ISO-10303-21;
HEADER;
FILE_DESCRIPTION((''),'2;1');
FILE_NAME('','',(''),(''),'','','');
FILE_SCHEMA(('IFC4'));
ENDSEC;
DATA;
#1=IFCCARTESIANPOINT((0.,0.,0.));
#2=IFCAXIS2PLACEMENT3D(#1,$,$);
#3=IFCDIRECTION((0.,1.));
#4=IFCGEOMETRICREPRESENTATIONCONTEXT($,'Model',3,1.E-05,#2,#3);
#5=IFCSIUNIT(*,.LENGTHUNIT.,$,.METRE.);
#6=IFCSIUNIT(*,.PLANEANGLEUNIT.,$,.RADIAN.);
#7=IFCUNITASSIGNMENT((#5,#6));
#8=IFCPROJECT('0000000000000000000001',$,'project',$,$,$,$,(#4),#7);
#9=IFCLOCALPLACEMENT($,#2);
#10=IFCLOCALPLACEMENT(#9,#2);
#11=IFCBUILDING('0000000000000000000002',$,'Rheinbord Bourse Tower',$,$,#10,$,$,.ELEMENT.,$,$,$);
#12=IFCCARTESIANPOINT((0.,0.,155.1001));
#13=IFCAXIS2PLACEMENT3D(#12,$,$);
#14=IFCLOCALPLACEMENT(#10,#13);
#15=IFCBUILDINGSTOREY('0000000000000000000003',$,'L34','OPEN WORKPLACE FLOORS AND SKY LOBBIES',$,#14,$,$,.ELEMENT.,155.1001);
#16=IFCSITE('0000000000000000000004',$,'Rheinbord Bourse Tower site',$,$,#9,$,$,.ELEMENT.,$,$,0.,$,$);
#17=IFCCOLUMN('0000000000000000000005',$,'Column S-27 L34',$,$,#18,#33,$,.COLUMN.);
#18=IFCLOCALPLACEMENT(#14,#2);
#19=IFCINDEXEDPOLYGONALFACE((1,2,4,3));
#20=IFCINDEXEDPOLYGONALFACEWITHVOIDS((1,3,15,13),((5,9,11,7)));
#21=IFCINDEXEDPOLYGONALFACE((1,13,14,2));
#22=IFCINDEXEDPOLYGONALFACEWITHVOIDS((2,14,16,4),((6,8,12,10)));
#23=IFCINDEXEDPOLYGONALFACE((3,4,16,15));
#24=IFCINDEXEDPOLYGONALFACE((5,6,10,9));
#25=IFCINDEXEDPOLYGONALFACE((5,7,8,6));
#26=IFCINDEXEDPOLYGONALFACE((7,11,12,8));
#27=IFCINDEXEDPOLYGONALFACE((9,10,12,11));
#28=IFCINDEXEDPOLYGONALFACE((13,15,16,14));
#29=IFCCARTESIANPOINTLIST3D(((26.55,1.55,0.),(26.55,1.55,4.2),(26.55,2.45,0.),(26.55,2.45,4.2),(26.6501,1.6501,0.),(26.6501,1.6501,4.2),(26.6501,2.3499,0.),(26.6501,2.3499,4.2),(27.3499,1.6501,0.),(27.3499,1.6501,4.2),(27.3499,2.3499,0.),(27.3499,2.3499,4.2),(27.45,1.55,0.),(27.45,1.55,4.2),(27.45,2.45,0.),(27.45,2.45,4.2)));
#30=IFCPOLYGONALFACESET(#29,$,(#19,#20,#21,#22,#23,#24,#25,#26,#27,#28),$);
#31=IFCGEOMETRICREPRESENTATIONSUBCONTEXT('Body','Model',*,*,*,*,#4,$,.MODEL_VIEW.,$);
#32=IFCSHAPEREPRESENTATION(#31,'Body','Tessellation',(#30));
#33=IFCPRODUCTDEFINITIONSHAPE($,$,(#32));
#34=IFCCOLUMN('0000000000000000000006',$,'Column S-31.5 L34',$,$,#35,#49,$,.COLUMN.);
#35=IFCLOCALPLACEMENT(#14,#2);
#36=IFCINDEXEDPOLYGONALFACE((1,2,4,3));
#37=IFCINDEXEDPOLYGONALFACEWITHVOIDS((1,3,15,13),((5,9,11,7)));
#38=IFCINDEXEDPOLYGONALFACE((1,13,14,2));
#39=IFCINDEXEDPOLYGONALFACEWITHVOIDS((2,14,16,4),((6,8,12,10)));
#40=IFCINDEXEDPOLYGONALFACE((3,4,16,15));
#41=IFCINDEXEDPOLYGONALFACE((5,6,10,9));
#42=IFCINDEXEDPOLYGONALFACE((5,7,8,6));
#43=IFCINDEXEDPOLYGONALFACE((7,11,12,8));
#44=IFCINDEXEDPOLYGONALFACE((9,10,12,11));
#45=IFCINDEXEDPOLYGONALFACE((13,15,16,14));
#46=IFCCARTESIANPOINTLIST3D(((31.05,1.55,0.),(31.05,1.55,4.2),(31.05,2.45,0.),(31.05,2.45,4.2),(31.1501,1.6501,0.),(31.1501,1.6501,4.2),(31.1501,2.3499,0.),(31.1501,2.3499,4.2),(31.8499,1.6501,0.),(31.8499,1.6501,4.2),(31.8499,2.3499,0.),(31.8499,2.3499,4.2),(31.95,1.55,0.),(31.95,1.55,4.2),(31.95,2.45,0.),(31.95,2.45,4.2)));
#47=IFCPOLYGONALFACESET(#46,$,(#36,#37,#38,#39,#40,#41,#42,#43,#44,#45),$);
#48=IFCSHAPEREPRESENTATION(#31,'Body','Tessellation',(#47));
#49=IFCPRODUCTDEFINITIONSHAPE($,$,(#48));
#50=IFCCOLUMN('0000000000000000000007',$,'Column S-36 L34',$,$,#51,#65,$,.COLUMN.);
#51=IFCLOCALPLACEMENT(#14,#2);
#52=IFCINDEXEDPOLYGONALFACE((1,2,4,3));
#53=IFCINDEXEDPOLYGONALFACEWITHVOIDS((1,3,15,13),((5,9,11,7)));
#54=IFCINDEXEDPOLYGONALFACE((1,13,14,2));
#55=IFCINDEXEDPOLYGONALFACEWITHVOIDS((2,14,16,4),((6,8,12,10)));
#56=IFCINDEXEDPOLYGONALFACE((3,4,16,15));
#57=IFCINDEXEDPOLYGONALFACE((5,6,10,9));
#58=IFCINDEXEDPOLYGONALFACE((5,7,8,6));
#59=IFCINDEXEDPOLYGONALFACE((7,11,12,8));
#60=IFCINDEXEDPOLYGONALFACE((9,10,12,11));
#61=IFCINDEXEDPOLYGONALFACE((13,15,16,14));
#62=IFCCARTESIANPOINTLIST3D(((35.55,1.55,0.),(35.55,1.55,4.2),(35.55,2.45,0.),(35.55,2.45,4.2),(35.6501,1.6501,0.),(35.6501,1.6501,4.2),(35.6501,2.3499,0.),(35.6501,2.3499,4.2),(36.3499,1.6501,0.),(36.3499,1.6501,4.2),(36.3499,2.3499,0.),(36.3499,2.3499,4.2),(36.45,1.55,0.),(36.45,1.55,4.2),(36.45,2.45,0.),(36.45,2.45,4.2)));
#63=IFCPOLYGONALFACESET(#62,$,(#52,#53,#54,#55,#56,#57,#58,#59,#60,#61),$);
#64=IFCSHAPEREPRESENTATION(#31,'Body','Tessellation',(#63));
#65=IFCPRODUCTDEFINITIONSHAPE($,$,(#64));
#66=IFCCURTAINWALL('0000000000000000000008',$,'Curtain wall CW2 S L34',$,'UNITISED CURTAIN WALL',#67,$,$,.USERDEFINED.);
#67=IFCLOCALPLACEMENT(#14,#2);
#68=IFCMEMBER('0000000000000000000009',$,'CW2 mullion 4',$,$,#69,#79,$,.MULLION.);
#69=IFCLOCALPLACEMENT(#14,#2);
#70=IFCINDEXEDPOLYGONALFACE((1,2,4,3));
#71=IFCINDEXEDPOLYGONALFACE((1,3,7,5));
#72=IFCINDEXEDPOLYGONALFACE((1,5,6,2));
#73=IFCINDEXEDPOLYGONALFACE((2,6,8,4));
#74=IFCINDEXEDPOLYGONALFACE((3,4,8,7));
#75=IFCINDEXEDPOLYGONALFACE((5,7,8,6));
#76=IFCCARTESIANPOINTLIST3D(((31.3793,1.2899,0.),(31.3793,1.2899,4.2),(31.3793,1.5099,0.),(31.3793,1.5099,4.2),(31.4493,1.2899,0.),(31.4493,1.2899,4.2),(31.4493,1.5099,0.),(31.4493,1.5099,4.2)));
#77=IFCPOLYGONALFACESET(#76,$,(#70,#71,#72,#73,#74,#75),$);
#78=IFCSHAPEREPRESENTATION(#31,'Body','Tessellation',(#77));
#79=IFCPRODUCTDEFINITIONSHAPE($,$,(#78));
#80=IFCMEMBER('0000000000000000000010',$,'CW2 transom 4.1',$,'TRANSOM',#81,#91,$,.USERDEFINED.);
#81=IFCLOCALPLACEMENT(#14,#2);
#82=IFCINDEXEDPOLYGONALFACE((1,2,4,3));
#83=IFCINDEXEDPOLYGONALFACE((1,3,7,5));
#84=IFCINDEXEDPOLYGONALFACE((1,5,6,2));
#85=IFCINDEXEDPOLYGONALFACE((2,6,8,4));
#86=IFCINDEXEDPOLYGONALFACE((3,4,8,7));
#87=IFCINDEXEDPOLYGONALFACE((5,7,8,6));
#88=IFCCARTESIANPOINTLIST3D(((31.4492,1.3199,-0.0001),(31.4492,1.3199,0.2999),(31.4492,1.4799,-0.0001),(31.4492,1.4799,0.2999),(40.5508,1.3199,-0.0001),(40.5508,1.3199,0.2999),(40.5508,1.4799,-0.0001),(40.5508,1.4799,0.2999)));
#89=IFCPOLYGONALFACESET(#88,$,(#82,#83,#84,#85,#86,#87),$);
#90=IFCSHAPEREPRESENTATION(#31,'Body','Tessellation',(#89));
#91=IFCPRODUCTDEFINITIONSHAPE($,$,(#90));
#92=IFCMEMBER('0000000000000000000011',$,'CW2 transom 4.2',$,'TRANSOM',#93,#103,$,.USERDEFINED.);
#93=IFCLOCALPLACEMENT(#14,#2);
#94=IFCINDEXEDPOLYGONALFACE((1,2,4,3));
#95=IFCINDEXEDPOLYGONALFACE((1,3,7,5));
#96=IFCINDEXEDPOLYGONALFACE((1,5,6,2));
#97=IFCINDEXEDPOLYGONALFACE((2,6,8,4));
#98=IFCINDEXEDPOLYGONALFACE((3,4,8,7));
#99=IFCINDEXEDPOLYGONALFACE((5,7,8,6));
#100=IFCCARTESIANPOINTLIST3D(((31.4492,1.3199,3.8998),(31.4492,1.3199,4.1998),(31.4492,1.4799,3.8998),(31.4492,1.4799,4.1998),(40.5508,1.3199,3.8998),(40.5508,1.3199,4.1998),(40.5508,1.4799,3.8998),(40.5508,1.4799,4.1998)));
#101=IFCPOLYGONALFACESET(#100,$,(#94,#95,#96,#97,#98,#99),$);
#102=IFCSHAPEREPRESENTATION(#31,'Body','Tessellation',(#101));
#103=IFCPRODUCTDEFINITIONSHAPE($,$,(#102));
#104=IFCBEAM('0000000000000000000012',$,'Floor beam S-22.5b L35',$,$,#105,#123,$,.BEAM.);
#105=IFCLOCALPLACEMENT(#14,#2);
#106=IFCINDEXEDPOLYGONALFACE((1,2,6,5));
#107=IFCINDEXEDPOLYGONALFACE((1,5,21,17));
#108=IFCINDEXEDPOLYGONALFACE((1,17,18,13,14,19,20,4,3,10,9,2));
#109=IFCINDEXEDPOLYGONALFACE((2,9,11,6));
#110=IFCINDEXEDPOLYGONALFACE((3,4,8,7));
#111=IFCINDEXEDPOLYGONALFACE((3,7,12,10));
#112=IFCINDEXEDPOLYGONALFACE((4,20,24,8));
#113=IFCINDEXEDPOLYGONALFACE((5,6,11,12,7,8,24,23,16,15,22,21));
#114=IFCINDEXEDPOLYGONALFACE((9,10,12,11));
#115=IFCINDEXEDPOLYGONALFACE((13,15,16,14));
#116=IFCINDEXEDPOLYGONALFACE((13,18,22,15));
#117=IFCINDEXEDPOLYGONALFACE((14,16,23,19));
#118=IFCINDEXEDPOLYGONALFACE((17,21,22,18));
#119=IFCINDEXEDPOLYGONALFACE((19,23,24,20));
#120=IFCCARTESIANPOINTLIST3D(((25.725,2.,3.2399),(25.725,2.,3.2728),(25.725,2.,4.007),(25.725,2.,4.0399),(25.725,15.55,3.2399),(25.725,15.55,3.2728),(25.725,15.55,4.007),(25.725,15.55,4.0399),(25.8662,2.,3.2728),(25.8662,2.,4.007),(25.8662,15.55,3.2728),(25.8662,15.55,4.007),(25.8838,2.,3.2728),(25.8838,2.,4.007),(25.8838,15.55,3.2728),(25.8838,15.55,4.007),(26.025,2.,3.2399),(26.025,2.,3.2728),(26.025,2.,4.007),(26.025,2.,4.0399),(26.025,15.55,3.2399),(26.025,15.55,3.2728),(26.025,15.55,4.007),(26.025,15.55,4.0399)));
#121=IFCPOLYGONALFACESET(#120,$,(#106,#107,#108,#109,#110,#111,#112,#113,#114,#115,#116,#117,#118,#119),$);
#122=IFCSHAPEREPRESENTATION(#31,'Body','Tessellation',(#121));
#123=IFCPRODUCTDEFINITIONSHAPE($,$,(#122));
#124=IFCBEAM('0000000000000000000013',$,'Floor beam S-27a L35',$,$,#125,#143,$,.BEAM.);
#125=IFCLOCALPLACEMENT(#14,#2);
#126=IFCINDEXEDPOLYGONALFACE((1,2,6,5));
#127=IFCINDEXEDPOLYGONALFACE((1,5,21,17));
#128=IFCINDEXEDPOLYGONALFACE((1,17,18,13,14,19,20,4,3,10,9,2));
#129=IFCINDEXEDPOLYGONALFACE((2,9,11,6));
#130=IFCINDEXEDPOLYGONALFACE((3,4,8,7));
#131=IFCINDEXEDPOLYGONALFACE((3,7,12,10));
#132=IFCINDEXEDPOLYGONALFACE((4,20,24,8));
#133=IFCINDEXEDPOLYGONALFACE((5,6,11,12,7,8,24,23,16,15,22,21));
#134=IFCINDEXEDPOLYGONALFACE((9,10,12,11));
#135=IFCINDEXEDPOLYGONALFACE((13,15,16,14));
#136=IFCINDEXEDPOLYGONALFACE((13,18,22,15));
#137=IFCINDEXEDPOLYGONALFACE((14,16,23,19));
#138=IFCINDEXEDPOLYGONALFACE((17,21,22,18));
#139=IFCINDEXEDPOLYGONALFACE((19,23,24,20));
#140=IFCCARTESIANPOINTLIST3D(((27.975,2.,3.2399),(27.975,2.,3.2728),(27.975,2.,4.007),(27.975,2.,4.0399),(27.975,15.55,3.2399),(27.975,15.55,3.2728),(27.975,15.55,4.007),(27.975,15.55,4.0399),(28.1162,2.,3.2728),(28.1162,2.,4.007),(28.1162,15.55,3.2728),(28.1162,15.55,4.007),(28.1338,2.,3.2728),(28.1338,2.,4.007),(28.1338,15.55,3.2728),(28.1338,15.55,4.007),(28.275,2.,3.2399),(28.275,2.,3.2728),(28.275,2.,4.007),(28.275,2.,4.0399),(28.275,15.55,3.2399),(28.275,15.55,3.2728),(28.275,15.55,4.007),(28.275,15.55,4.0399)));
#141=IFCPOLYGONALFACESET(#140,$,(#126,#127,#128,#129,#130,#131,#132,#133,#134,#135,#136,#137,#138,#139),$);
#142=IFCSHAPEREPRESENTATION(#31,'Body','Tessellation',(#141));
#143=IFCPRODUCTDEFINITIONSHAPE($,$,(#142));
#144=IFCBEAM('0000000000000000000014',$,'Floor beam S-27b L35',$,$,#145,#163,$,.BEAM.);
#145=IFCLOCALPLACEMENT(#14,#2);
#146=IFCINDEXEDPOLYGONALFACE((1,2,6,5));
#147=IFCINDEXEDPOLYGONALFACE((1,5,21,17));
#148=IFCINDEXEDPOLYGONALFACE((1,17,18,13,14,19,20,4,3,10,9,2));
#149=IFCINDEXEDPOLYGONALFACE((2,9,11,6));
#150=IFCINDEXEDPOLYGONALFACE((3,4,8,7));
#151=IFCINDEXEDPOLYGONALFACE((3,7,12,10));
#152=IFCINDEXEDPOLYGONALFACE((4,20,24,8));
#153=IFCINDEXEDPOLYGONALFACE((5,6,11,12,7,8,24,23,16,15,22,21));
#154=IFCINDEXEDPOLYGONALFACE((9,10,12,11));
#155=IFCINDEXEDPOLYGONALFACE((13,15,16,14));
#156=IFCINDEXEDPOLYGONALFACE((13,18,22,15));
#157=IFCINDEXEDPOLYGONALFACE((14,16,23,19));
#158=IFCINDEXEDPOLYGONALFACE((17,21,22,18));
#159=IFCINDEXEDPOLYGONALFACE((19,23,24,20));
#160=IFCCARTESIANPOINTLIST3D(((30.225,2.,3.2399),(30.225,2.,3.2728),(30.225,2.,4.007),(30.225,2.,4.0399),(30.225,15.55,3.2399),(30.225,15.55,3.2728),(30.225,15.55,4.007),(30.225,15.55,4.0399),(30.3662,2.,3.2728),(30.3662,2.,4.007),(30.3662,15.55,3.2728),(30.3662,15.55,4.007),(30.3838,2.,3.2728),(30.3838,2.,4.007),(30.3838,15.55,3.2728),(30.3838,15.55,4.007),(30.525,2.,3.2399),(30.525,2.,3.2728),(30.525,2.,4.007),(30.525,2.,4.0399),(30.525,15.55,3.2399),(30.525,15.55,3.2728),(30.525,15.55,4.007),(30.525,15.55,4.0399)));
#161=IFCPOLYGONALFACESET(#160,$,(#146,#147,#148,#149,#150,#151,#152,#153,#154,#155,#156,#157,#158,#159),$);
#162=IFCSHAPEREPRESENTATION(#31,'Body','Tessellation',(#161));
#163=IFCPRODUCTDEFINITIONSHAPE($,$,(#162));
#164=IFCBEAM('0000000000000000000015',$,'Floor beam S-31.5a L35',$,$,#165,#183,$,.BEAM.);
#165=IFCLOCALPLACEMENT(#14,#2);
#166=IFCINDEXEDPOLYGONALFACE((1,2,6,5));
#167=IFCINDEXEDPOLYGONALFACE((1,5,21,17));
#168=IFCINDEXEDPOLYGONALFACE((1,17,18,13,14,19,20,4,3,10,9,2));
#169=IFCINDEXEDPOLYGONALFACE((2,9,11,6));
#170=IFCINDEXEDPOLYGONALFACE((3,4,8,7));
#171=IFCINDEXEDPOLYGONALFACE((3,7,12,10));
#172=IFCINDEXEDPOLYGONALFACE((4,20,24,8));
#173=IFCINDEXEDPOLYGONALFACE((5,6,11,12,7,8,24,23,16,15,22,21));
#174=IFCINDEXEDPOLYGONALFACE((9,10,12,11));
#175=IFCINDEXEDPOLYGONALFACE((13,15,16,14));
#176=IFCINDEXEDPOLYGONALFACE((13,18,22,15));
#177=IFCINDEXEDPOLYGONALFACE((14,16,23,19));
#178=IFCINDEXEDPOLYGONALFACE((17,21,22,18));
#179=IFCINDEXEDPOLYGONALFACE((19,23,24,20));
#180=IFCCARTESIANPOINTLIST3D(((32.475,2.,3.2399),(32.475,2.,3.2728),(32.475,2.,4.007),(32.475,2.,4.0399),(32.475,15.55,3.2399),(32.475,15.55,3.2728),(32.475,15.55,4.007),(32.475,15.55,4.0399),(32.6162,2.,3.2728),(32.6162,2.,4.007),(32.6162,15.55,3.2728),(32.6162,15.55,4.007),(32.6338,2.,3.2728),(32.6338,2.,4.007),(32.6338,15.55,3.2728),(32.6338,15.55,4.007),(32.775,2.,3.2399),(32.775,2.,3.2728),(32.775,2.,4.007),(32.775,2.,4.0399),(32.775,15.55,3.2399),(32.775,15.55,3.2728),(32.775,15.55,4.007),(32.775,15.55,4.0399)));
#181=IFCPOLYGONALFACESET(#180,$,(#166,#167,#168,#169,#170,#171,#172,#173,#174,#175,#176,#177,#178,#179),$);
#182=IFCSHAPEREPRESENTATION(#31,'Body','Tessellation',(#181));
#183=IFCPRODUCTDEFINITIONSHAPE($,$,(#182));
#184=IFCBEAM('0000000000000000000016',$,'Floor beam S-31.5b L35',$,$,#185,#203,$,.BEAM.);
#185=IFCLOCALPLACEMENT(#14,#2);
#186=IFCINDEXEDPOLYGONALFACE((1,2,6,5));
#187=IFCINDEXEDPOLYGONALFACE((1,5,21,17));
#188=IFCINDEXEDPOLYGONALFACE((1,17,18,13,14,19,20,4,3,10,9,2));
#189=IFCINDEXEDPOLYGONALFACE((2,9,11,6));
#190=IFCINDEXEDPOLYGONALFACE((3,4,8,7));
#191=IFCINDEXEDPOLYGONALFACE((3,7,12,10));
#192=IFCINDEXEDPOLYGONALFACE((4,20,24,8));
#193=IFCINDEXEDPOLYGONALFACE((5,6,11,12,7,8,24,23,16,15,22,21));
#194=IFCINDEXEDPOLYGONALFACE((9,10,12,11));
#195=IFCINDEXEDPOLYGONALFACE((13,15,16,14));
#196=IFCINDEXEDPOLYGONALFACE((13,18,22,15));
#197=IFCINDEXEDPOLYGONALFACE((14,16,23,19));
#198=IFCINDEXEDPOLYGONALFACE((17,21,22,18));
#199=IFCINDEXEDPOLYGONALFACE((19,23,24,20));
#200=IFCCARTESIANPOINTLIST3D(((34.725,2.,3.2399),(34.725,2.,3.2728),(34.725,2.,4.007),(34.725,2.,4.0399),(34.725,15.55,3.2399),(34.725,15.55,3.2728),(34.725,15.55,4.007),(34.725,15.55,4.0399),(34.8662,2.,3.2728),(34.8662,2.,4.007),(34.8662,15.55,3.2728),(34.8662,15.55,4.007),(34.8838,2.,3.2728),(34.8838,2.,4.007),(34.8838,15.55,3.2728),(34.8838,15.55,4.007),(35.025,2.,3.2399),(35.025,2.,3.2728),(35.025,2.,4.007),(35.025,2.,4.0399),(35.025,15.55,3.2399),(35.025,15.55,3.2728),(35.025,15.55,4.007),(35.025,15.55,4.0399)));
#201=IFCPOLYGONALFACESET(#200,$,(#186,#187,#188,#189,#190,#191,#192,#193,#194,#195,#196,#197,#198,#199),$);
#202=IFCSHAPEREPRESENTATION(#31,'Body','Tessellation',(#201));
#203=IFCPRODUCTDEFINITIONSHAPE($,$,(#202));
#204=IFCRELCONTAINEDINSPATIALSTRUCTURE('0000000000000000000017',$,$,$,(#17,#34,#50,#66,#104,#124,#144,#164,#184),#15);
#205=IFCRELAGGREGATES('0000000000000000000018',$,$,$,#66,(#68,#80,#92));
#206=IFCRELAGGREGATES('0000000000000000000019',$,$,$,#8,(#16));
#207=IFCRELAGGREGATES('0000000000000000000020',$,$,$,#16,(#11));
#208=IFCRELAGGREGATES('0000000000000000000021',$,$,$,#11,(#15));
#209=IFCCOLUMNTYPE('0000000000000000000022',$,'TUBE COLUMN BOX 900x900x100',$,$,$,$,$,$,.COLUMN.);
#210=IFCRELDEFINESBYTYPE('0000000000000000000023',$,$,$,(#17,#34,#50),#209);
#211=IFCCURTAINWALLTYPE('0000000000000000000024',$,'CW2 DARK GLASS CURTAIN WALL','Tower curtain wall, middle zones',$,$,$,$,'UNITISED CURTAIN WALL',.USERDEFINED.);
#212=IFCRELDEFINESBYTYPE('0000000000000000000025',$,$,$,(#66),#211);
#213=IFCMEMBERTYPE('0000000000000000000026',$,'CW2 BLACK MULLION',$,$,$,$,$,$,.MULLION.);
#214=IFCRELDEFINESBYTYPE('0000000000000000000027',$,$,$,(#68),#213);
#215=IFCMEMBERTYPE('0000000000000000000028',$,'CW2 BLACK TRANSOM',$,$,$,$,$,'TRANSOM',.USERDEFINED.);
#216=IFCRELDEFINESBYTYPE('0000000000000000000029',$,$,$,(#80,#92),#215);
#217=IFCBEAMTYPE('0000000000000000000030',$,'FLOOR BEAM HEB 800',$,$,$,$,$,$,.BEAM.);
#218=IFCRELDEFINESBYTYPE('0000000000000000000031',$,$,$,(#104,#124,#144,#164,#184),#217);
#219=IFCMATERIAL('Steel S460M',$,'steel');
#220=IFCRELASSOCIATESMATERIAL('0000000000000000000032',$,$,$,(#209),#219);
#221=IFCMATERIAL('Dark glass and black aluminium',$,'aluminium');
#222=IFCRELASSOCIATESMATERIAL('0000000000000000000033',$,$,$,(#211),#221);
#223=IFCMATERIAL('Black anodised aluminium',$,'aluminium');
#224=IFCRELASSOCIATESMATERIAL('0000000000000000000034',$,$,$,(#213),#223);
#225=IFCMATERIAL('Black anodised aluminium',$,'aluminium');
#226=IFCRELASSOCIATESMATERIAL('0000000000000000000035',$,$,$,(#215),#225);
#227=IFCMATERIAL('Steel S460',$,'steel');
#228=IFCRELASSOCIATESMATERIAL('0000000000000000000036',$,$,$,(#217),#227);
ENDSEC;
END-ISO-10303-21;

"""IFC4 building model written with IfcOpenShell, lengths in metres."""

from ifc_helpers import new_model, si_unit, direction, frame, origin, origin_2d, place, context, subcontext, project, spatial, rectangle, hollow_rectangle, i_section, extrude, material, material_profile, profile_set, type_object, element, aggregate, save


model = new_model("IFC4")

# Units and contexts
model_context = context("Model", 3, precision=1e-05, world=origin(), true_north=direction((0.0, 1.0)))
body_context = subcontext(model_context, "Body", "Model", "MODEL_VIEW")
ifc_project = project(units=[si_unit("LENGTHUNIT", "METRE"), si_unit("PLANEANGLEUNIT", "RADIAN")], contexts=[model_context])

# Site, building, storey
site_placement = place(None, origin())
site = spatial("IfcSite", under=ifc_project, at=site_placement, Name="Rheinbord Bourse Tower site", CompositionType="ELEMENT", RefElevation=0.0)
building_placement = place(site_placement, origin())
building = spatial("IfcBuilding", under=site, at=building_placement, Name="Rheinbord Bourse Tower", CompositionType="ELEMENT")
storey_placement = place(building_placement, frame((0.0, 0.0, 155.1001)))
storey = spatial("IfcBuildingStorey", under=building, at=storey_placement, Name="L34", Description="OPEN WORKPLACE FLOORS AND SKY LOBBIES", CompositionType="ELEMENT", Elevation=155.1001)

# Columns
ifc_material_1 = material(Name="Steel S460M", Category="steel")
ifc_material_profile_1 = material_profile(ifc_material_1, hollow_rectangle(XDim=0.8999, YDim=0.8999, WallThickness=0.1001, at=origin_2d()), Name="BOX 900x900x100")
ifc_profile_set_1 = profile_set([ifc_material_profile_1], Name="Steel S460M")
column_type = type_object("IfcColumnType", Name="TUBE COLUMN BOX 900x900x100", PredefinedType="COLUMN", material=ifc_profile_set_1)
for number, where, z_axis, x_axis, name in (
    (1, (27.0, 2.0, 0.0), (0.0, 0.0, 1.0), (0.0, 1.0, 0.0), "Column S-27 L34"),
    (2, (31.5, 2.0, 0.0), (0.0, 0.0, 1.0), (0.0, 1.0, 0.0), "Column S-31.5 L34"),
    (3, (36.0, 2.0, 0.0), (0.0, 0.0, 1.0), (0.0, 1.0, 0.0), "Column S-36 L34"),
):
    element("IfcColumn", number, at=place(storey_placement, frame(where, z_axis=z_axis, x_axis=x_axis)), inside=storey, type_object=column_type, Name=name, PredefinedType="COLUMN", context=body_context, shape_type="SweptSolid", body=[
        extrude(hollow_rectangle(XDim=0.8999, YDim=0.8999, WallThickness=0.1001, at=origin_2d()), origin(), (0.0, 0.0, 1.0), 4.2),
    ])

# Curtain wall, members
ifc_material_2 = material(Name="Dark glass and black aluminium", Category="aluminium")
curtain_wall_type = type_object("IfcCurtainWallType", Name="CW2 DARK GLASS CURTAIN WALL", Description="Tower curtain wall, middle zones", ElementType="UNITISED CURTAIN WALL", PredefinedType="USERDEFINED", material=ifc_material_2)
curtain_wall_placement = place(storey_placement, origin())
curtain_wall = element("IfcCurtainWall", 4, at=curtain_wall_placement, inside=storey, type_object=curtain_wall_type, Name="Curtain wall CW2 S L34", ObjectType="UNITISED CURTAIN WALL", PredefinedType="USERDEFINED")
ifc_material_3 = material(Name="Black anodised aluminium", Category="aluminium")
ifc_material_profile_2 = material_profile(ifc_material_3, rectangle(XDim=0.22, YDim=0.0701, at=origin_2d()), Name="CW2 MULLION 70x220")
ifc_profile_set_2 = profile_set([ifc_material_profile_2], Name="Black anodised aluminium")
member_type_1 = type_object("IfcMemberType", Name="CW2 BLACK MULLION", PredefinedType="MULLION", material=ifc_profile_set_2)
member_1_placement = place(storey_placement, frame((31.4143, 1.3999, 0.0), z_axis=(0.0, 0.0, 1.0), x_axis=(0.0, 1.0, 0.0)))
member_1 = element("IfcMember", 5, at=member_1_placement, type_object=member_type_1, Name="CW2 mullion 4", PredefinedType="MULLION", context=body_context, shape_type="SweptSolid", body=[
    extrude(rectangle(XDim=0.22, YDim=0.0701, at=origin_2d()), origin(), (0.0, 0.0, 1.0), 4.2),
])
ifc_material_4 = material(Name="Black anodised aluminium", Category="aluminium")
ifc_material_profile_3 = material_profile(ifc_material_4, rectangle(XDim=0.1599, YDim=0.3, at=origin_2d()), Name="CW2 TRANSOM 300x160")
ifc_profile_set_3 = profile_set([ifc_material_profile_3], Name="Black anodised aluminium")
member_type_2 = type_object("IfcMemberType", Name="CW2 BLACK TRANSOM", ElementType="TRANSOM", PredefinedType="USERDEFINED", material=ifc_profile_set_3)
member_2_placement = place(storey_placement, frame((31.4492, 1.3999, 0.1499), z_axis=(1.0, 0.0, 0.0), x_axis=(0.0, 1.0, 0.0)))
member_2 = element("IfcMember", 6, at=member_2_placement, type_object=member_type_2, Name="CW2 transom 4.1", ObjectType="TRANSOM", PredefinedType="USERDEFINED", context=body_context, shape_type="SweptSolid", body=[
    extrude(rectangle(XDim=0.1599, YDim=0.3, at=origin_2d()), origin(), (0.0, 0.0, 1.0), 9.1016),
])
member_3_placement = place(storey_placement, frame((31.4492, 1.3999, 4.0498), z_axis=(1.0, 0.0, 0.0), x_axis=(0.0, 1.0, 0.0)))
member_3 = element("IfcMember", 7, at=member_3_placement, type_object=member_type_2, Name="CW2 transom 4.2", ObjectType="TRANSOM", PredefinedType="USERDEFINED", context=body_context, shape_type="SweptSolid", body=[
    extrude(rectangle(XDim=0.1599, YDim=0.3, at=origin_2d()), origin(), (0.0, 0.0, 1.0), 9.1016),
])

# Beams
ifc_material_5 = material(Name="Steel S460", Category="steel")
ifc_material_profile_4 = material_profile(ifc_material_5, i_section(OverallWidth=0.3, OverallDepth=0.8, WebThickness=0.0176, FlangeThickness=0.033, at=origin_2d()), Name="HEB 800")
ifc_profile_set_4 = profile_set([ifc_material_profile_4], Name="Steel S460")
beam_type_1 = type_object("IfcBeamType", Name="FLOOR BEAM HEB 800", PredefinedType="BEAM", material=ifc_profile_set_4)
for number, where, z_axis, x_axis, name in (
    (8, (25.875, 2.0, 3.6399), (0.0, 1.0, 0.0), (-1.0, 0.0, 0.0), "Floor beam S-22.5b L35"),
    (9, (28.125, 2.0, 3.6399), (0.0, 1.0, 0.0), (-1.0, 0.0, 0.0), "Floor beam S-27a L35"),
    (10, (30.375, 2.0, 3.6399), (0.0, 1.0, 0.0), (-1.0, 0.0, 0.0), "Floor beam S-27b L35"),
    (11, (32.625, 2.0, 3.6399), (0.0, 1.0, 0.0), (-1.0, 0.0, 0.0), "Floor beam S-31.5a L35"),
    (12, (34.875, 2.0, 3.6399), (0.0, 1.0, 0.0), (-1.0, 0.0, 0.0), "Floor beam S-31.5b L35"),
):
    element("IfcBeam", number, at=place(storey_placement, frame(where, z_axis=z_axis, x_axis=x_axis)), inside=storey, type_object=beam_type_1, Name=name, PredefinedType="BEAM", context=body_context, shape_type="SweptSolid", body=[
        extrude(i_section(OverallWidth=0.3, OverallDepth=0.8, WebThickness=0.0176, FlangeThickness=0.033, at=origin_2d()), origin(), (0.0, 0.0, 1.0), 13.55),
    ])

aggregate(curtain_wall, [member_1, member_2, member_3])

save(model, "model.ifc")
